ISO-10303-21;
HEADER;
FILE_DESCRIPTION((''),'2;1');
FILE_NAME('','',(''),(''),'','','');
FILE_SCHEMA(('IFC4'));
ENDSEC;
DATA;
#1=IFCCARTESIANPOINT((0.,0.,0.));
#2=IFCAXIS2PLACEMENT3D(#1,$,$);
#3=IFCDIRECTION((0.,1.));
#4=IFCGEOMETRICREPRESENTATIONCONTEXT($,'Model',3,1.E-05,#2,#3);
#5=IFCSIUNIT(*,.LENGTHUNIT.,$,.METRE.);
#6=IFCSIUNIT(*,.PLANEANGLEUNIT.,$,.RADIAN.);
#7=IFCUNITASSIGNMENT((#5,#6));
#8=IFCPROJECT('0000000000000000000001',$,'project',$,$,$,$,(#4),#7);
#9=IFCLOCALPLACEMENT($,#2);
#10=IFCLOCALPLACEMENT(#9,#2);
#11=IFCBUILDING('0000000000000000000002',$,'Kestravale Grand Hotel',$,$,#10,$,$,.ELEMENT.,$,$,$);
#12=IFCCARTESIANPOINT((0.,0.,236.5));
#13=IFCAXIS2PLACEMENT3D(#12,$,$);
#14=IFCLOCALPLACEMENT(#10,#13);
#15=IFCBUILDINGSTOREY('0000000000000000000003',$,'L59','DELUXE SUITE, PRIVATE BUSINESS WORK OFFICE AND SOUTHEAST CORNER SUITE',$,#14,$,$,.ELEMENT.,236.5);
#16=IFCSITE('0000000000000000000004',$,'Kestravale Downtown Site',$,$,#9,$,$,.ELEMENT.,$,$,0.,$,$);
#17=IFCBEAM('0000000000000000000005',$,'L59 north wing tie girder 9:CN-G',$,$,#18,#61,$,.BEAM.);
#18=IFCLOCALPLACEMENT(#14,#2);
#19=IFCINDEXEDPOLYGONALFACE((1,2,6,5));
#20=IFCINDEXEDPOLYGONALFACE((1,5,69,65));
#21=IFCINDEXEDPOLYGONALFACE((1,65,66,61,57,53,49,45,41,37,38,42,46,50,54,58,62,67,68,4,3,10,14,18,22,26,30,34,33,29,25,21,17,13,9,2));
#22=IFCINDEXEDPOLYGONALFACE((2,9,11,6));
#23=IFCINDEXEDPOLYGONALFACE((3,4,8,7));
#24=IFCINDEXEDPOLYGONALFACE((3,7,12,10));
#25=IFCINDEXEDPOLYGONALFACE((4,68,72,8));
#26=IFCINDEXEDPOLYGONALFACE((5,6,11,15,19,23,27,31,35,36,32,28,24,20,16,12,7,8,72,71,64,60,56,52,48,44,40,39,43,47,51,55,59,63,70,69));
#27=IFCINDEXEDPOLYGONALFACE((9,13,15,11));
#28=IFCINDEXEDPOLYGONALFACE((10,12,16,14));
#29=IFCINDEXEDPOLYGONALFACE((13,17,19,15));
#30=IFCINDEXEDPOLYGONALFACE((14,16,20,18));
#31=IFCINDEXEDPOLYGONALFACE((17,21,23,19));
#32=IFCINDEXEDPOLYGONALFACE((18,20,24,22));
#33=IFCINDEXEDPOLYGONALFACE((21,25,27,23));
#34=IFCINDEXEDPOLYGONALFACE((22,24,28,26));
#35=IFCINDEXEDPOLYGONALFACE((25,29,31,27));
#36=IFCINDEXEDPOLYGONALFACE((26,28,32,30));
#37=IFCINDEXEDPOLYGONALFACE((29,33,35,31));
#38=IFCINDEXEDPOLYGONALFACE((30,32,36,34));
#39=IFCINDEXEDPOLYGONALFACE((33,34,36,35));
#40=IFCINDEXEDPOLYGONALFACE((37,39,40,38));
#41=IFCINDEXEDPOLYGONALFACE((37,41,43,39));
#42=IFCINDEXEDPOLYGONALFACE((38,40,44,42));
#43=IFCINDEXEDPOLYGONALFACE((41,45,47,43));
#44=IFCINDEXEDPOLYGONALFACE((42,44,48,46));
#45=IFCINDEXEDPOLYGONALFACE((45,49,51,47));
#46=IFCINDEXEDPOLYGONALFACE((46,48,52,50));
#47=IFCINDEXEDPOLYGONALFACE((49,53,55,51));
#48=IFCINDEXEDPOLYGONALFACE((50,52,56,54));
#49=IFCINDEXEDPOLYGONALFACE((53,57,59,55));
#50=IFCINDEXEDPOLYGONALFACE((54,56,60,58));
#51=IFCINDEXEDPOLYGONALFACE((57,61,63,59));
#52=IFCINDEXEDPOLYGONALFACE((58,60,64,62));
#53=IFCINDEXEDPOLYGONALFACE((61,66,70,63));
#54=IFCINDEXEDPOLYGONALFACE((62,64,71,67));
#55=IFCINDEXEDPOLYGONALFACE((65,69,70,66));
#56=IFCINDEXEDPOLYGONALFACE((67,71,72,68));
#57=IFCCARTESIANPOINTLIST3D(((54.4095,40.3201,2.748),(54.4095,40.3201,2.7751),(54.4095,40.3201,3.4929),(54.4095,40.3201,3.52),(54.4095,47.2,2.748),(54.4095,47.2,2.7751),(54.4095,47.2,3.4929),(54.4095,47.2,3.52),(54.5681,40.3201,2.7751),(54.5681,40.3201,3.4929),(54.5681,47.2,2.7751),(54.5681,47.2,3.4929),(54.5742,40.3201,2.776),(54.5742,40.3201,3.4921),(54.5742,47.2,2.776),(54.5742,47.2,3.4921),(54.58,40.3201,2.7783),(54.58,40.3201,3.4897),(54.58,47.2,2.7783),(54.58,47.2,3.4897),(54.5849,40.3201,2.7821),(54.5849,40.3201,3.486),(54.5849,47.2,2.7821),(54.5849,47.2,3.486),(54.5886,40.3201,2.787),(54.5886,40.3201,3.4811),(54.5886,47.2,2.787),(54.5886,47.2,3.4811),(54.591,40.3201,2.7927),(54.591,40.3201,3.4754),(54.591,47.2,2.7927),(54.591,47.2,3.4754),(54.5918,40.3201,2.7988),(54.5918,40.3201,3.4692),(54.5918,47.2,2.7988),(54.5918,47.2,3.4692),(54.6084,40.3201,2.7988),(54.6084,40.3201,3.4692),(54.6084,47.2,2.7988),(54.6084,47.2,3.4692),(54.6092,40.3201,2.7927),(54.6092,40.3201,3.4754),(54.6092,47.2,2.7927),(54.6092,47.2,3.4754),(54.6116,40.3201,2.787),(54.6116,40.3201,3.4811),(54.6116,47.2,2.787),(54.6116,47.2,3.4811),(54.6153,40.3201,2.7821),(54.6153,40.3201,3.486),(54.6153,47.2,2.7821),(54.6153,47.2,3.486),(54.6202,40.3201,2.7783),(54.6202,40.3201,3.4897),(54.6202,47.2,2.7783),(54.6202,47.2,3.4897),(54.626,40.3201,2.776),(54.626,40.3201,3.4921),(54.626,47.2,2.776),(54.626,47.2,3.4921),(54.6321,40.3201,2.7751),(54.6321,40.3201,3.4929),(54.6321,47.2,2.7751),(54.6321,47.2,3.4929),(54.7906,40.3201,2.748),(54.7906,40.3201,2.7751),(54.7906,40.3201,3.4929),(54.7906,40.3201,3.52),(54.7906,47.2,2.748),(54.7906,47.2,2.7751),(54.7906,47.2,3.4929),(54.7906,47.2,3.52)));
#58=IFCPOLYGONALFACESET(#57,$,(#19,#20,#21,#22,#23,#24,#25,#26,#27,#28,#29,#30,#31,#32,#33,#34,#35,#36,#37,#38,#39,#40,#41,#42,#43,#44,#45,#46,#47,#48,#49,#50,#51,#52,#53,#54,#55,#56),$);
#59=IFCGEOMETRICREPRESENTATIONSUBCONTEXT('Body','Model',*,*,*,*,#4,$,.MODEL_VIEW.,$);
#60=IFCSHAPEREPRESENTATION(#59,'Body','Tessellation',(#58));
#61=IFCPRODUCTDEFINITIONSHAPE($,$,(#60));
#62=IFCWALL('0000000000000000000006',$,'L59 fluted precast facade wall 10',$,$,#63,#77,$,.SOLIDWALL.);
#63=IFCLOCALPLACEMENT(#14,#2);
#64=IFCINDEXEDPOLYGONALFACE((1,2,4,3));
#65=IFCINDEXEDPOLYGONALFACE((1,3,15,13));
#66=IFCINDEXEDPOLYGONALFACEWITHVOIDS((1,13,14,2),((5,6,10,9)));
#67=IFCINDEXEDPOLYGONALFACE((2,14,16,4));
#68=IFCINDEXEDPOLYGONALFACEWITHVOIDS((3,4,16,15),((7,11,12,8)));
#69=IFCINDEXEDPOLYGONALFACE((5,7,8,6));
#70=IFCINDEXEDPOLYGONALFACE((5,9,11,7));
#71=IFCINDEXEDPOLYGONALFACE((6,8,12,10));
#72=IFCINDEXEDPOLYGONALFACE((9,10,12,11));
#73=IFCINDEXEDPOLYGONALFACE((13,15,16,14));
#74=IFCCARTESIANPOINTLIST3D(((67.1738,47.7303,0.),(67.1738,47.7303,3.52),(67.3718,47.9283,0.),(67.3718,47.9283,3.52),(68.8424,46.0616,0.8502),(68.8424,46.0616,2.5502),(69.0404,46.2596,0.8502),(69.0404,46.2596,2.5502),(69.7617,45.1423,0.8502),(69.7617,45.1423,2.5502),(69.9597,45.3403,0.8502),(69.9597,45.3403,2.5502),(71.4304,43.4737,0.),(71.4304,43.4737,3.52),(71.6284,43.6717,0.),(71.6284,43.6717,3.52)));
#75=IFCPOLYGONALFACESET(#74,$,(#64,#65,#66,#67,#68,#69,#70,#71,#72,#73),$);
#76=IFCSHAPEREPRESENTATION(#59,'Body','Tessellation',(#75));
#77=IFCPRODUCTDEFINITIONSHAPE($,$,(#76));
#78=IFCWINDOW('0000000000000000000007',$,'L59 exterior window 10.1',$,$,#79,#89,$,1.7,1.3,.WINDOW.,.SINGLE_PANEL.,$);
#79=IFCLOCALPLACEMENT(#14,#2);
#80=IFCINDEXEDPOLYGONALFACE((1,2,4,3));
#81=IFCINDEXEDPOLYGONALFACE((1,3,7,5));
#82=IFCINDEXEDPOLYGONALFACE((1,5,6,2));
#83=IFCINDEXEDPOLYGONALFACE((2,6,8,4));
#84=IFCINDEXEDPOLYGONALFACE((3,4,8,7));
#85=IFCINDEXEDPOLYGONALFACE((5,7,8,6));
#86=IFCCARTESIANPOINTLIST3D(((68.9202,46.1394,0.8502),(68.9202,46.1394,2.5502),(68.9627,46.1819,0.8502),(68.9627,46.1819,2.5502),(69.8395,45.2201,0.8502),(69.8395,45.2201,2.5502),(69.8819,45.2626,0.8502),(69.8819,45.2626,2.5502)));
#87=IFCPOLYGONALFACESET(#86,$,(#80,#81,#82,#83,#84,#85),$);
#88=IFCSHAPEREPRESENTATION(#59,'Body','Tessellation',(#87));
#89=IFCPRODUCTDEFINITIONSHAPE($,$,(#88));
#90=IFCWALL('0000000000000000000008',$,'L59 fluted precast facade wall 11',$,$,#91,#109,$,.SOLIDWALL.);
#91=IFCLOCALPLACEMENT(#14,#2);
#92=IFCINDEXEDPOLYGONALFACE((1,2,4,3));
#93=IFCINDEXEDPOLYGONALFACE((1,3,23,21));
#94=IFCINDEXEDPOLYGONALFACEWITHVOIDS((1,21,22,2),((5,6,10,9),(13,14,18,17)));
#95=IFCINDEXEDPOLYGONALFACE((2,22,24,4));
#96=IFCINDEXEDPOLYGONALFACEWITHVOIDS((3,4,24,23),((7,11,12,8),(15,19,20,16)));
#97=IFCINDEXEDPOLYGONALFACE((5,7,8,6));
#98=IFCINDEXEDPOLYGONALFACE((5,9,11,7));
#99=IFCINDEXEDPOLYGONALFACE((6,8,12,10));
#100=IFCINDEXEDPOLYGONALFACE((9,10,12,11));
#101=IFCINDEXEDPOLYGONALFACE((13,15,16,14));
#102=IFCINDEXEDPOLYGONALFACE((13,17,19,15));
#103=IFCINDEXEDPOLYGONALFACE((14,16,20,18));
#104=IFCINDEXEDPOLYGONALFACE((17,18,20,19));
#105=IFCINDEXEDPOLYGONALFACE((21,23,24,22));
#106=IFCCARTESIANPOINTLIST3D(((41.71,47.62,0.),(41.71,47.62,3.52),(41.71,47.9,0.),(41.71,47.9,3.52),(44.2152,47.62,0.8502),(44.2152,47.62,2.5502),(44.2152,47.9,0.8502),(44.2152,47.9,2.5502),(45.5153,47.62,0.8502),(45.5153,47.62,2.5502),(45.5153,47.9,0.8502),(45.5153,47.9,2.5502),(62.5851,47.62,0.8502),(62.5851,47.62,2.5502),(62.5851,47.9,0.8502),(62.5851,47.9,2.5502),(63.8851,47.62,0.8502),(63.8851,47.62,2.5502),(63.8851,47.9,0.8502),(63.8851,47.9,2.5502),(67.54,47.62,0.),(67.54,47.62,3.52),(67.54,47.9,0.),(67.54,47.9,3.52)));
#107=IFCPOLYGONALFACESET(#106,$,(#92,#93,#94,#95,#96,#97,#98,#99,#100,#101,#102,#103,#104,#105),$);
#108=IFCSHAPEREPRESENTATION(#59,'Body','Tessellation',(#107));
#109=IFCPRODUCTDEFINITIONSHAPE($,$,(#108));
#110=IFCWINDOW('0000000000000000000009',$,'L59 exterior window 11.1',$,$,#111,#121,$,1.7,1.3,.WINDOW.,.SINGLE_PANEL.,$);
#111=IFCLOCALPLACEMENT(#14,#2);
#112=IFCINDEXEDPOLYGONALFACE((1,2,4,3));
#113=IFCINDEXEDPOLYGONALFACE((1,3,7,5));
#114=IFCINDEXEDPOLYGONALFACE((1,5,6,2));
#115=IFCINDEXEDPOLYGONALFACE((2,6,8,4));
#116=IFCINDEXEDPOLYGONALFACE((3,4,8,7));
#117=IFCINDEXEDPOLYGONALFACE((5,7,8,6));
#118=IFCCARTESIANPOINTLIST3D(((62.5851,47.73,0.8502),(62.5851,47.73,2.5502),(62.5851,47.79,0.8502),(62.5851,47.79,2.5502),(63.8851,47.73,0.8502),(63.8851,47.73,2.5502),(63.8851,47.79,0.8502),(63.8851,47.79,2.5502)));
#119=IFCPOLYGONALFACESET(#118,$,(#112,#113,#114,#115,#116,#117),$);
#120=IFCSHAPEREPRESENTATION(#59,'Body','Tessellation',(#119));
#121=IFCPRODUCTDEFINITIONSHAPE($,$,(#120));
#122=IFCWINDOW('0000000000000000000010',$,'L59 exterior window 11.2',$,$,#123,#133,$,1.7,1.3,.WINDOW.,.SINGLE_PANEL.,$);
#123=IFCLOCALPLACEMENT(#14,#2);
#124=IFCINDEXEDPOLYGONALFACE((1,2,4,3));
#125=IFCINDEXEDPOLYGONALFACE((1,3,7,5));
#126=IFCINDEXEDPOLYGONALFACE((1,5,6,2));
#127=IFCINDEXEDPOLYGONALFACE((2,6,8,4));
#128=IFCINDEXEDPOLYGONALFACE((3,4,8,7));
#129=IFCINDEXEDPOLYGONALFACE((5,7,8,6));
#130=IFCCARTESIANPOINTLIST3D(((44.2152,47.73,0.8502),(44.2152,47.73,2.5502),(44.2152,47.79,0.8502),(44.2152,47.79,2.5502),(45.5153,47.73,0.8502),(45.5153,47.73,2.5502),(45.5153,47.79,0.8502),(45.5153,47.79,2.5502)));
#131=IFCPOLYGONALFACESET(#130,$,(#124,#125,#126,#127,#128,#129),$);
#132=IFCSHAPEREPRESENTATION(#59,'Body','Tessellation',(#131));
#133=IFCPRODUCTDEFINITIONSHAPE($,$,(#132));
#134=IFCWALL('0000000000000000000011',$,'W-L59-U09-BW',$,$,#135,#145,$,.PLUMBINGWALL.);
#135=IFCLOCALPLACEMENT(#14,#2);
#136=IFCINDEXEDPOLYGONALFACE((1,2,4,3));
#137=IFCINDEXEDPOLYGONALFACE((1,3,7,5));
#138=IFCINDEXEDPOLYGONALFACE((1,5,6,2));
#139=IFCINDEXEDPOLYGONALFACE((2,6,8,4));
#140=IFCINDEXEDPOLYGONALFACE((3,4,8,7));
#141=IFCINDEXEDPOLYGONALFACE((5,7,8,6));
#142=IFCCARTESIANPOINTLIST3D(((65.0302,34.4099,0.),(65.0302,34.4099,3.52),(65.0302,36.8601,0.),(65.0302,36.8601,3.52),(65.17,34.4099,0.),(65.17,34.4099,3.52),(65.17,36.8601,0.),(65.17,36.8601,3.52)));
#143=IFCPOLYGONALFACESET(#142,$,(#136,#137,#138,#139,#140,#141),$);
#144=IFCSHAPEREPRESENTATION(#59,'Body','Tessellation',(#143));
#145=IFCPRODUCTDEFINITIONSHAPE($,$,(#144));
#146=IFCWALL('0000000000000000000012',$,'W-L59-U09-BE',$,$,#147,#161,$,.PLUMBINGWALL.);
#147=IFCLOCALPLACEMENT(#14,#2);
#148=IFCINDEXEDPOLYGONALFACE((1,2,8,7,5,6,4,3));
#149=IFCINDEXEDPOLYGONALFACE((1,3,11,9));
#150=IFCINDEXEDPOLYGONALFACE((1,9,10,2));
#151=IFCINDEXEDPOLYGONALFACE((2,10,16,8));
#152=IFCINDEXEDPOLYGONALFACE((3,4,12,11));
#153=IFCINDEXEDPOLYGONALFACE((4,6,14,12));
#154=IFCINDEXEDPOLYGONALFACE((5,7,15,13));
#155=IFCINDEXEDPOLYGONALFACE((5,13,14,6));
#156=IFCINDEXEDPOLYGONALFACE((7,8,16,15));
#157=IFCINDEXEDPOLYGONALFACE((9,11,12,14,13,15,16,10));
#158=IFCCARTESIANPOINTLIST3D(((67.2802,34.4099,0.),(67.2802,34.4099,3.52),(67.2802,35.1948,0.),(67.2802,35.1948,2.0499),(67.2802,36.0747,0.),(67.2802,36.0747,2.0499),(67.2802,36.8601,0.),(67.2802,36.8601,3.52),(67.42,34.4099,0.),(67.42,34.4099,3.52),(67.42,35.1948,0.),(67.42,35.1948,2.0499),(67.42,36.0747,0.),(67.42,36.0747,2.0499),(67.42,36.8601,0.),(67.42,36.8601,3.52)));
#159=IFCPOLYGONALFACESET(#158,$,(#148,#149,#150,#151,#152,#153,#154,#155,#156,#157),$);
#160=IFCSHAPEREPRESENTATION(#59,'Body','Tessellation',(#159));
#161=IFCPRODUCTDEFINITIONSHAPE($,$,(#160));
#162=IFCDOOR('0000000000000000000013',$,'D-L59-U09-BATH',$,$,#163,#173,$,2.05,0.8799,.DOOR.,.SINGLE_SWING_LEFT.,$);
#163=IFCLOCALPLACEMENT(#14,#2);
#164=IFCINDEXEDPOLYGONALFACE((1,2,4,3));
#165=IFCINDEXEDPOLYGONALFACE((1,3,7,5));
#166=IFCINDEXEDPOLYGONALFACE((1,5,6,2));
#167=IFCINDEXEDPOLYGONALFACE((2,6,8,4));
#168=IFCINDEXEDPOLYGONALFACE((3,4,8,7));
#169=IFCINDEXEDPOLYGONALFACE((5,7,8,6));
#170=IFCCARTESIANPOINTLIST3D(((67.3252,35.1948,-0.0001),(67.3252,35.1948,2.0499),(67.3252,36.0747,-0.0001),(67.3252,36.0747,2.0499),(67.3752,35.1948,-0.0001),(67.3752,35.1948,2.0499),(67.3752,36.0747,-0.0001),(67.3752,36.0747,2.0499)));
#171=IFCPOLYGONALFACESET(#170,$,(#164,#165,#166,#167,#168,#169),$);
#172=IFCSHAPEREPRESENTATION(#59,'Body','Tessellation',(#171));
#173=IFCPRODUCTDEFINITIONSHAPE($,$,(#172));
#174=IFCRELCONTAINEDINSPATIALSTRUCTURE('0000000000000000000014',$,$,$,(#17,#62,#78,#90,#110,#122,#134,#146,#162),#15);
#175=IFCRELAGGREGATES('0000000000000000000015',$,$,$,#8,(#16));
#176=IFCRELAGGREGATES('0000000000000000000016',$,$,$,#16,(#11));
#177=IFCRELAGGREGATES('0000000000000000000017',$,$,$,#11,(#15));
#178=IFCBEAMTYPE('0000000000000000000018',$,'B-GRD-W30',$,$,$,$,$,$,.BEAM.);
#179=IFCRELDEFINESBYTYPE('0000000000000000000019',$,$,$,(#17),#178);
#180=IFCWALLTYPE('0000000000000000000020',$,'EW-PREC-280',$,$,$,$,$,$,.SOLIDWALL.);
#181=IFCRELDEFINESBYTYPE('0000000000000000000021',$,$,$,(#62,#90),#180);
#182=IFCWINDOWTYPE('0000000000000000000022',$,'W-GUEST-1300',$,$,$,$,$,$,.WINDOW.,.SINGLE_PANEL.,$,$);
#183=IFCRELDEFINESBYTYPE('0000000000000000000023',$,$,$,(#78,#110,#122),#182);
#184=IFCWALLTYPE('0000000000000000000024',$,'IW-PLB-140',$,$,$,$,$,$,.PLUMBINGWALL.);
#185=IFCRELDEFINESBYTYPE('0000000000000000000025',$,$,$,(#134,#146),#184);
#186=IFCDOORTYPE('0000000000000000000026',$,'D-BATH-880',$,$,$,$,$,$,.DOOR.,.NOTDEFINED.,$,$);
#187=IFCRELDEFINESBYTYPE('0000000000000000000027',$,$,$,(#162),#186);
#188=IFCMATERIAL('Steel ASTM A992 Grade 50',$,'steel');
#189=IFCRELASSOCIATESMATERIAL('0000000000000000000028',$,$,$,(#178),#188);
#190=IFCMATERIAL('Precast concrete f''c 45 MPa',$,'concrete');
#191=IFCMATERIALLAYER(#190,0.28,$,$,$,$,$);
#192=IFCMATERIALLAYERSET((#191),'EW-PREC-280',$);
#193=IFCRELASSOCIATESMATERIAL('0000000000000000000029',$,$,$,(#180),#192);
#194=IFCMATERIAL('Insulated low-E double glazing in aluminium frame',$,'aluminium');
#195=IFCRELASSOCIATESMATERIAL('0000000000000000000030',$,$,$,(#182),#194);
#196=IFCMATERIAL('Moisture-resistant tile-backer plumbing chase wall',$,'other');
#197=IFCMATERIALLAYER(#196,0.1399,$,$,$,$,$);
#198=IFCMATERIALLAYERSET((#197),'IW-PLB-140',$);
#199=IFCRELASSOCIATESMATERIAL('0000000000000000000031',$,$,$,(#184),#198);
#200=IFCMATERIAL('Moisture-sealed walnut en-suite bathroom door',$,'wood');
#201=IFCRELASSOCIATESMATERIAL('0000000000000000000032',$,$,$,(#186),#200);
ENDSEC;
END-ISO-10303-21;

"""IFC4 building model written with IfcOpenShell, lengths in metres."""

from ifc_helpers import new_model, si_unit, direction, frame, frame_2d, origin, origin_2d, place, context, subcontext, project, spatial, rectangle, i_section, extrude, material, layer, layer_set, material_profile, profile_set, type_object, element, fill, save


model = new_model("IFC4")

# Units and contexts
model_context = context("Model", 3, precision=1e-05, world=origin(), true_north=direction((0.0, 1.0)))
body_context = subcontext(model_context, "Body", "Model", "MODEL_VIEW")
ifc_project = project(units=[si_unit("LENGTHUNIT", "METRE"), si_unit("PLANEANGLEUNIT", "RADIAN")], contexts=[model_context])

# Site, building, storey
site_placement = place(None, origin())
site = spatial("IfcSite", under=ifc_project, at=site_placement, Name="Kestravale Downtown Site", CompositionType="ELEMENT", RefElevation=0.0)
building_placement = place(site_placement, origin())
building = spatial("IfcBuilding", under=site, at=building_placement, Name="Kestravale Grand Hotel", CompositionType="ELEMENT")
storey_placement = place(building_placement, frame((0.0, 0.0, 236.5)))
storey = spatial("IfcBuildingStorey", under=building, at=storey_placement, Name="L59", Description="DELUXE SUITE, PRIVATE BUSINESS WORK OFFICE AND SOUTHEAST CORNER SUITE", CompositionType="ELEMENT", Elevation=236.5)

# Beam
ifc_material_1 = material(Name="Steel ASTM A992 Grade 50", Category="steel")
ifc_material_profile_1 = material_profile(ifc_material_1, i_section(OverallWidth=0.3811, OverallDepth=0.772, WebThickness=0.0166, FlangeThickness=0.0271, FilletRadius=0.0237, at=origin_2d()))
ifc_profile_set_1 = profile_set([ifc_material_profile_1], Name="Steel ASTM A992 Grade 50")
beam_type_1 = type_object("IfcBeamType", Name="B-GRD-W30", PredefinedType="BEAM", material=ifc_profile_set_1)
beam_1_placement = place(storey_placement, frame((54.6001, 40.3201, 3.134), z_axis=(0.0, 1.0, 0.0), x_axis=(-1.0, 0.0, 0.0)))
element("IfcBeam", 1, at=beam_1_placement, inside=storey, type_object=beam_type_1, Name="L59 north wing tie girder 9:CN-G", PredefinedType="BEAM", context=body_context, shape_type="SweptSolid", body=[
    extrude(i_section(OverallWidth=0.3811, OverallDepth=0.772, WebThickness=0.0166, FlangeThickness=0.0271, FilletRadius=0.0237, at=origin_2d()), origin(), (0.0, 0.0, 1.0), 6.8799),
])

# Wall, opening, window
ifc_material_2 = material(Name="Precast concrete f'c 45 MPa", Category="concrete")
ifc_layer_1 = layer(ifc_material_2, 0.28)
ifc_layer_set_1 = layer_set([ifc_layer_1], Name="EW-PREC-280")
wall_type_1 = type_object("IfcWallType", Name="EW-PREC-280", PredefinedType="SOLIDWALL", material=ifc_layer_set_1)
wall_1_placement = place(storey_placement, frame((71.5293, 43.5728, 0.0), z_axis=(0.0, 0.0, 1.0), x_axis=(-0.707107, 0.707107, 0.0)))
wall_1 = element("IfcWall", 2, at=wall_1_placement, inside=storey, type_object=wall_type_1, Name="L59 fluted precast facade wall 10", PredefinedType="SOLIDWALL", context=body_context, shape_type="SweptSolid", body=[
    extrude(rectangle(XDim=6.0198, YDim=0.28, at=frame_2d((3.0098, 0.0))), origin(), (0.0, 0.0, 1.0), 3.52),
])
opening_1_placement = place(wall_1_placement, frame((2.3599, 0.0, 0.8501)))
opening_1 = element("IfcOpeningElement", 3, at=opening_1_placement, cuts=wall_1, PredefinedType="OPENING", context=body_context, shape_type="SweptSolid", body=[
    extrude(rectangle(XDim=1.3, YDim=1.7, at=frame_2d((0.6499, 0.8501))), frame((0.0, 0.1499, 0.0), z_axis=(0.0, -1.0, 0.0), x_axis=(1.0, 0.0, 0.0)), (0.0, 0.0, 1.0), 0.3),
])
ifc_material_3 = material(Name="Insulated low-E double glazing in aluminium frame", Category="aluminium")
window_type = type_object("IfcWindowType", Name="W-GUEST-1300", PartitioningType="SINGLE_PANEL", PredefinedType="WINDOW", material=ifc_material_3)
window_1_placement = place(opening_1_placement, origin())
window_1 = element("IfcWindow", 4, at=window_1_placement, inside=storey, type_object=window_type, Name="L59 exterior window 10.1", OverallHeight=1.7, OverallWidth=1.3, PartitioningType="SINGLE_PANEL", PredefinedType="WINDOW", context=body_context, shape_type="SweptSolid", body=[
    extrude(rectangle(XDim=1.3, YDim=1.7, at=frame_2d((0.6499, 0.8501))), frame((0.0, 0.03, 0.0), z_axis=(0.0, -1.0, 0.0), x_axis=(1.0, 0.0, 0.0)), (0.0, 0.0, 1.0), 0.0601),
])
fill(opening_1, window_1)

# Wall, openings, windows
wall_2_placement = place(storey_placement, frame((67.54, 47.76, 0.0), z_axis=(0.0, 0.0, 1.0), x_axis=(-1.0, 0.0, 0.0)))
wall_2 = element("IfcWall", 5, at=wall_2_placement, inside=storey, type_object=wall_type_1, Name="L59 fluted precast facade wall 11", PredefinedType="SOLIDWALL", context=body_context, shape_type="SweptSolid", body=[
    extrude(rectangle(XDim=25.8301, YDim=0.28, at=frame_2d((12.915, 0.0))), origin(), (0.0, 0.0, 1.0), 3.52),
])
opening_2_placement = place(wall_2_placement, frame((3.655, 0.0, 0.8501)))
opening_2 = element("IfcOpeningElement", 6, at=opening_2_placement, cuts=wall_2, PredefinedType="OPENING", context=body_context, shape_type="SweptSolid", body=[
    extrude(rectangle(XDim=1.3, YDim=1.7, at=frame_2d((0.6499, 0.8501))), frame((0.0, 0.1499, 0.0), z_axis=(0.0, -1.0, 0.0), x_axis=(1.0, 0.0, 0.0)), (0.0, 0.0, 1.0), 0.3),
])
opening_3_placement = place(wall_2_placement, frame((22.0249, 0.0, 0.8501)))
opening_3 = element("IfcOpeningElement", 7, at=opening_3_placement, cuts=wall_2, PredefinedType="OPENING", context=body_context, shape_type="SweptSolid", body=[
    extrude(rectangle(XDim=1.3, YDim=1.7, at=frame_2d((0.6499, 0.8501))), frame((0.0, 0.1499, 0.0), z_axis=(0.0, -1.0, 0.0), x_axis=(1.0, 0.0, 0.0)), (0.0, 0.0, 1.0), 0.3),
])
window_2_placement = place(opening_2_placement, origin())
window_2 = element("IfcWindow", 8, at=window_2_placement, inside=storey, type_object=window_type, Name="L59 exterior window 11.1", OverallHeight=1.7, OverallWidth=1.3, PartitioningType="SINGLE_PANEL", PredefinedType="WINDOW", context=body_context, shape_type="SweptSolid", body=[
    extrude(rectangle(XDim=1.3, YDim=1.7, at=frame_2d((0.6499, 0.8501))), frame((0.0, 0.03, 0.0), z_axis=(0.0, -1.0, 0.0), x_axis=(1.0, 0.0, 0.0)), (0.0, 0.0, 1.0), 0.0601),
])
fill(opening_2, window_2)
window_3_placement = place(opening_3_placement, origin())
window_3 = element("IfcWindow", 9, at=window_3_placement, inside=storey, type_object=window_type, Name="L59 exterior window 11.2", OverallHeight=1.7, OverallWidth=1.3, PartitioningType="SINGLE_PANEL", PredefinedType="WINDOW", context=body_context, shape_type="SweptSolid", body=[
    extrude(rectangle(XDim=1.3, YDim=1.7, at=frame_2d((0.6499, 0.8501))), frame((0.0, 0.03, 0.0), z_axis=(0.0, -1.0, 0.0), x_axis=(1.0, 0.0, 0.0)), (0.0, 0.0, 1.0), 0.0601),
])
fill(opening_3, window_3)

# Wall
ifc_material_4 = material(Name="Moisture-resistant tile-backer plumbing chase wall", Category="other")
ifc_layer_2 = layer(ifc_material_4, 0.1399)
ifc_layer_set_2 = layer_set([ifc_layer_2], Name="IW-PLB-140")
wall_type_2 = type_object("IfcWallType", Name="IW-PLB-140", PredefinedType="PLUMBINGWALL", material=ifc_layer_set_2)
wall_3_placement = place(storey_placement, frame((65.1001, 34.4099, 0.0), z_axis=(0.0, 0.0, 1.0), x_axis=(0.0, 1.0, 0.0)))
element("IfcWall", 10, at=wall_3_placement, inside=storey, type_object=wall_type_2, Name="W-L59-U09-BW", PredefinedType="PLUMBINGWALL", context=body_context, shape_type="SweptSolid", body=[
    extrude(rectangle(XDim=2.4502, YDim=0.1399, at=frame_2d((1.2251, 0.0))), origin(), (0.0, 0.0, 1.0), 3.52),
])

# Wall, opening, door
wall_4_placement = place(storey_placement, frame((67.3501, 34.4099, 0.0), z_axis=(0.0, 0.0, 1.0), x_axis=(0.0, 1.0, 0.0)))
wall_4 = element("IfcWall", 11, at=wall_4_placement, inside=storey, type_object=wall_type_2, Name="W-L59-U09-BE", PredefinedType="PLUMBINGWALL", context=body_context, shape_type="SweptSolid", body=[
    extrude(rectangle(XDim=2.4502, YDim=0.1399, at=frame_2d((1.2251, 0.0))), origin(), (0.0, 0.0, 1.0), 3.52),
])
opening_4_placement = place(wall_4_placement, frame((0.7849, 0.0, 0.0)))
opening_4 = element("IfcOpeningElement", 12, at=opening_4_placement, cuts=wall_4, PredefinedType="OPENING", context=body_context, shape_type="SweptSolid", body=[
    extrude(rectangle(XDim=0.8799, YDim=2.05, at=frame_2d((0.4399, 1.0249))), frame((0.0, 0.0798, 0.0), z_axis=(0.0, -1.0, 0.0), x_axis=(1.0, 0.0, 0.0)), (0.0, 0.0, 1.0), 0.1599),
])
ifc_material_5 = material(Name="Moisture-sealed walnut en-suite bathroom door", Category="wood")
door_type_1 = type_object("IfcDoorType", Name="D-BATH-880", OperationType="NOTDEFINED", PredefinedType="DOOR", material=ifc_material_5)
door_1_placement = place(opening_4_placement, origin())
door_1 = element("IfcDoor", 13, at=door_1_placement, inside=storey, type_object=door_type_1, Name="D-L59-U09-BATH", OperationType="SINGLE_SWING_LEFT", OverallHeight=2.05, OverallWidth=0.8799, PredefinedType="DOOR", context=body_context, shape_type="SweptSolid", body=[
    extrude(rectangle(XDim=0.8799, YDim=2.05, at=frame_2d((0.4399, 1.0249))), frame((0.0, 0.0249, 0.0), z_axis=(0.0, -1.0, 0.0), x_axis=(1.0, 0.0, 0.0)), (0.0, 0.0, 1.0), 0.05),
])
fill(opening_4, door_1)

save(model, "model.ifc")
